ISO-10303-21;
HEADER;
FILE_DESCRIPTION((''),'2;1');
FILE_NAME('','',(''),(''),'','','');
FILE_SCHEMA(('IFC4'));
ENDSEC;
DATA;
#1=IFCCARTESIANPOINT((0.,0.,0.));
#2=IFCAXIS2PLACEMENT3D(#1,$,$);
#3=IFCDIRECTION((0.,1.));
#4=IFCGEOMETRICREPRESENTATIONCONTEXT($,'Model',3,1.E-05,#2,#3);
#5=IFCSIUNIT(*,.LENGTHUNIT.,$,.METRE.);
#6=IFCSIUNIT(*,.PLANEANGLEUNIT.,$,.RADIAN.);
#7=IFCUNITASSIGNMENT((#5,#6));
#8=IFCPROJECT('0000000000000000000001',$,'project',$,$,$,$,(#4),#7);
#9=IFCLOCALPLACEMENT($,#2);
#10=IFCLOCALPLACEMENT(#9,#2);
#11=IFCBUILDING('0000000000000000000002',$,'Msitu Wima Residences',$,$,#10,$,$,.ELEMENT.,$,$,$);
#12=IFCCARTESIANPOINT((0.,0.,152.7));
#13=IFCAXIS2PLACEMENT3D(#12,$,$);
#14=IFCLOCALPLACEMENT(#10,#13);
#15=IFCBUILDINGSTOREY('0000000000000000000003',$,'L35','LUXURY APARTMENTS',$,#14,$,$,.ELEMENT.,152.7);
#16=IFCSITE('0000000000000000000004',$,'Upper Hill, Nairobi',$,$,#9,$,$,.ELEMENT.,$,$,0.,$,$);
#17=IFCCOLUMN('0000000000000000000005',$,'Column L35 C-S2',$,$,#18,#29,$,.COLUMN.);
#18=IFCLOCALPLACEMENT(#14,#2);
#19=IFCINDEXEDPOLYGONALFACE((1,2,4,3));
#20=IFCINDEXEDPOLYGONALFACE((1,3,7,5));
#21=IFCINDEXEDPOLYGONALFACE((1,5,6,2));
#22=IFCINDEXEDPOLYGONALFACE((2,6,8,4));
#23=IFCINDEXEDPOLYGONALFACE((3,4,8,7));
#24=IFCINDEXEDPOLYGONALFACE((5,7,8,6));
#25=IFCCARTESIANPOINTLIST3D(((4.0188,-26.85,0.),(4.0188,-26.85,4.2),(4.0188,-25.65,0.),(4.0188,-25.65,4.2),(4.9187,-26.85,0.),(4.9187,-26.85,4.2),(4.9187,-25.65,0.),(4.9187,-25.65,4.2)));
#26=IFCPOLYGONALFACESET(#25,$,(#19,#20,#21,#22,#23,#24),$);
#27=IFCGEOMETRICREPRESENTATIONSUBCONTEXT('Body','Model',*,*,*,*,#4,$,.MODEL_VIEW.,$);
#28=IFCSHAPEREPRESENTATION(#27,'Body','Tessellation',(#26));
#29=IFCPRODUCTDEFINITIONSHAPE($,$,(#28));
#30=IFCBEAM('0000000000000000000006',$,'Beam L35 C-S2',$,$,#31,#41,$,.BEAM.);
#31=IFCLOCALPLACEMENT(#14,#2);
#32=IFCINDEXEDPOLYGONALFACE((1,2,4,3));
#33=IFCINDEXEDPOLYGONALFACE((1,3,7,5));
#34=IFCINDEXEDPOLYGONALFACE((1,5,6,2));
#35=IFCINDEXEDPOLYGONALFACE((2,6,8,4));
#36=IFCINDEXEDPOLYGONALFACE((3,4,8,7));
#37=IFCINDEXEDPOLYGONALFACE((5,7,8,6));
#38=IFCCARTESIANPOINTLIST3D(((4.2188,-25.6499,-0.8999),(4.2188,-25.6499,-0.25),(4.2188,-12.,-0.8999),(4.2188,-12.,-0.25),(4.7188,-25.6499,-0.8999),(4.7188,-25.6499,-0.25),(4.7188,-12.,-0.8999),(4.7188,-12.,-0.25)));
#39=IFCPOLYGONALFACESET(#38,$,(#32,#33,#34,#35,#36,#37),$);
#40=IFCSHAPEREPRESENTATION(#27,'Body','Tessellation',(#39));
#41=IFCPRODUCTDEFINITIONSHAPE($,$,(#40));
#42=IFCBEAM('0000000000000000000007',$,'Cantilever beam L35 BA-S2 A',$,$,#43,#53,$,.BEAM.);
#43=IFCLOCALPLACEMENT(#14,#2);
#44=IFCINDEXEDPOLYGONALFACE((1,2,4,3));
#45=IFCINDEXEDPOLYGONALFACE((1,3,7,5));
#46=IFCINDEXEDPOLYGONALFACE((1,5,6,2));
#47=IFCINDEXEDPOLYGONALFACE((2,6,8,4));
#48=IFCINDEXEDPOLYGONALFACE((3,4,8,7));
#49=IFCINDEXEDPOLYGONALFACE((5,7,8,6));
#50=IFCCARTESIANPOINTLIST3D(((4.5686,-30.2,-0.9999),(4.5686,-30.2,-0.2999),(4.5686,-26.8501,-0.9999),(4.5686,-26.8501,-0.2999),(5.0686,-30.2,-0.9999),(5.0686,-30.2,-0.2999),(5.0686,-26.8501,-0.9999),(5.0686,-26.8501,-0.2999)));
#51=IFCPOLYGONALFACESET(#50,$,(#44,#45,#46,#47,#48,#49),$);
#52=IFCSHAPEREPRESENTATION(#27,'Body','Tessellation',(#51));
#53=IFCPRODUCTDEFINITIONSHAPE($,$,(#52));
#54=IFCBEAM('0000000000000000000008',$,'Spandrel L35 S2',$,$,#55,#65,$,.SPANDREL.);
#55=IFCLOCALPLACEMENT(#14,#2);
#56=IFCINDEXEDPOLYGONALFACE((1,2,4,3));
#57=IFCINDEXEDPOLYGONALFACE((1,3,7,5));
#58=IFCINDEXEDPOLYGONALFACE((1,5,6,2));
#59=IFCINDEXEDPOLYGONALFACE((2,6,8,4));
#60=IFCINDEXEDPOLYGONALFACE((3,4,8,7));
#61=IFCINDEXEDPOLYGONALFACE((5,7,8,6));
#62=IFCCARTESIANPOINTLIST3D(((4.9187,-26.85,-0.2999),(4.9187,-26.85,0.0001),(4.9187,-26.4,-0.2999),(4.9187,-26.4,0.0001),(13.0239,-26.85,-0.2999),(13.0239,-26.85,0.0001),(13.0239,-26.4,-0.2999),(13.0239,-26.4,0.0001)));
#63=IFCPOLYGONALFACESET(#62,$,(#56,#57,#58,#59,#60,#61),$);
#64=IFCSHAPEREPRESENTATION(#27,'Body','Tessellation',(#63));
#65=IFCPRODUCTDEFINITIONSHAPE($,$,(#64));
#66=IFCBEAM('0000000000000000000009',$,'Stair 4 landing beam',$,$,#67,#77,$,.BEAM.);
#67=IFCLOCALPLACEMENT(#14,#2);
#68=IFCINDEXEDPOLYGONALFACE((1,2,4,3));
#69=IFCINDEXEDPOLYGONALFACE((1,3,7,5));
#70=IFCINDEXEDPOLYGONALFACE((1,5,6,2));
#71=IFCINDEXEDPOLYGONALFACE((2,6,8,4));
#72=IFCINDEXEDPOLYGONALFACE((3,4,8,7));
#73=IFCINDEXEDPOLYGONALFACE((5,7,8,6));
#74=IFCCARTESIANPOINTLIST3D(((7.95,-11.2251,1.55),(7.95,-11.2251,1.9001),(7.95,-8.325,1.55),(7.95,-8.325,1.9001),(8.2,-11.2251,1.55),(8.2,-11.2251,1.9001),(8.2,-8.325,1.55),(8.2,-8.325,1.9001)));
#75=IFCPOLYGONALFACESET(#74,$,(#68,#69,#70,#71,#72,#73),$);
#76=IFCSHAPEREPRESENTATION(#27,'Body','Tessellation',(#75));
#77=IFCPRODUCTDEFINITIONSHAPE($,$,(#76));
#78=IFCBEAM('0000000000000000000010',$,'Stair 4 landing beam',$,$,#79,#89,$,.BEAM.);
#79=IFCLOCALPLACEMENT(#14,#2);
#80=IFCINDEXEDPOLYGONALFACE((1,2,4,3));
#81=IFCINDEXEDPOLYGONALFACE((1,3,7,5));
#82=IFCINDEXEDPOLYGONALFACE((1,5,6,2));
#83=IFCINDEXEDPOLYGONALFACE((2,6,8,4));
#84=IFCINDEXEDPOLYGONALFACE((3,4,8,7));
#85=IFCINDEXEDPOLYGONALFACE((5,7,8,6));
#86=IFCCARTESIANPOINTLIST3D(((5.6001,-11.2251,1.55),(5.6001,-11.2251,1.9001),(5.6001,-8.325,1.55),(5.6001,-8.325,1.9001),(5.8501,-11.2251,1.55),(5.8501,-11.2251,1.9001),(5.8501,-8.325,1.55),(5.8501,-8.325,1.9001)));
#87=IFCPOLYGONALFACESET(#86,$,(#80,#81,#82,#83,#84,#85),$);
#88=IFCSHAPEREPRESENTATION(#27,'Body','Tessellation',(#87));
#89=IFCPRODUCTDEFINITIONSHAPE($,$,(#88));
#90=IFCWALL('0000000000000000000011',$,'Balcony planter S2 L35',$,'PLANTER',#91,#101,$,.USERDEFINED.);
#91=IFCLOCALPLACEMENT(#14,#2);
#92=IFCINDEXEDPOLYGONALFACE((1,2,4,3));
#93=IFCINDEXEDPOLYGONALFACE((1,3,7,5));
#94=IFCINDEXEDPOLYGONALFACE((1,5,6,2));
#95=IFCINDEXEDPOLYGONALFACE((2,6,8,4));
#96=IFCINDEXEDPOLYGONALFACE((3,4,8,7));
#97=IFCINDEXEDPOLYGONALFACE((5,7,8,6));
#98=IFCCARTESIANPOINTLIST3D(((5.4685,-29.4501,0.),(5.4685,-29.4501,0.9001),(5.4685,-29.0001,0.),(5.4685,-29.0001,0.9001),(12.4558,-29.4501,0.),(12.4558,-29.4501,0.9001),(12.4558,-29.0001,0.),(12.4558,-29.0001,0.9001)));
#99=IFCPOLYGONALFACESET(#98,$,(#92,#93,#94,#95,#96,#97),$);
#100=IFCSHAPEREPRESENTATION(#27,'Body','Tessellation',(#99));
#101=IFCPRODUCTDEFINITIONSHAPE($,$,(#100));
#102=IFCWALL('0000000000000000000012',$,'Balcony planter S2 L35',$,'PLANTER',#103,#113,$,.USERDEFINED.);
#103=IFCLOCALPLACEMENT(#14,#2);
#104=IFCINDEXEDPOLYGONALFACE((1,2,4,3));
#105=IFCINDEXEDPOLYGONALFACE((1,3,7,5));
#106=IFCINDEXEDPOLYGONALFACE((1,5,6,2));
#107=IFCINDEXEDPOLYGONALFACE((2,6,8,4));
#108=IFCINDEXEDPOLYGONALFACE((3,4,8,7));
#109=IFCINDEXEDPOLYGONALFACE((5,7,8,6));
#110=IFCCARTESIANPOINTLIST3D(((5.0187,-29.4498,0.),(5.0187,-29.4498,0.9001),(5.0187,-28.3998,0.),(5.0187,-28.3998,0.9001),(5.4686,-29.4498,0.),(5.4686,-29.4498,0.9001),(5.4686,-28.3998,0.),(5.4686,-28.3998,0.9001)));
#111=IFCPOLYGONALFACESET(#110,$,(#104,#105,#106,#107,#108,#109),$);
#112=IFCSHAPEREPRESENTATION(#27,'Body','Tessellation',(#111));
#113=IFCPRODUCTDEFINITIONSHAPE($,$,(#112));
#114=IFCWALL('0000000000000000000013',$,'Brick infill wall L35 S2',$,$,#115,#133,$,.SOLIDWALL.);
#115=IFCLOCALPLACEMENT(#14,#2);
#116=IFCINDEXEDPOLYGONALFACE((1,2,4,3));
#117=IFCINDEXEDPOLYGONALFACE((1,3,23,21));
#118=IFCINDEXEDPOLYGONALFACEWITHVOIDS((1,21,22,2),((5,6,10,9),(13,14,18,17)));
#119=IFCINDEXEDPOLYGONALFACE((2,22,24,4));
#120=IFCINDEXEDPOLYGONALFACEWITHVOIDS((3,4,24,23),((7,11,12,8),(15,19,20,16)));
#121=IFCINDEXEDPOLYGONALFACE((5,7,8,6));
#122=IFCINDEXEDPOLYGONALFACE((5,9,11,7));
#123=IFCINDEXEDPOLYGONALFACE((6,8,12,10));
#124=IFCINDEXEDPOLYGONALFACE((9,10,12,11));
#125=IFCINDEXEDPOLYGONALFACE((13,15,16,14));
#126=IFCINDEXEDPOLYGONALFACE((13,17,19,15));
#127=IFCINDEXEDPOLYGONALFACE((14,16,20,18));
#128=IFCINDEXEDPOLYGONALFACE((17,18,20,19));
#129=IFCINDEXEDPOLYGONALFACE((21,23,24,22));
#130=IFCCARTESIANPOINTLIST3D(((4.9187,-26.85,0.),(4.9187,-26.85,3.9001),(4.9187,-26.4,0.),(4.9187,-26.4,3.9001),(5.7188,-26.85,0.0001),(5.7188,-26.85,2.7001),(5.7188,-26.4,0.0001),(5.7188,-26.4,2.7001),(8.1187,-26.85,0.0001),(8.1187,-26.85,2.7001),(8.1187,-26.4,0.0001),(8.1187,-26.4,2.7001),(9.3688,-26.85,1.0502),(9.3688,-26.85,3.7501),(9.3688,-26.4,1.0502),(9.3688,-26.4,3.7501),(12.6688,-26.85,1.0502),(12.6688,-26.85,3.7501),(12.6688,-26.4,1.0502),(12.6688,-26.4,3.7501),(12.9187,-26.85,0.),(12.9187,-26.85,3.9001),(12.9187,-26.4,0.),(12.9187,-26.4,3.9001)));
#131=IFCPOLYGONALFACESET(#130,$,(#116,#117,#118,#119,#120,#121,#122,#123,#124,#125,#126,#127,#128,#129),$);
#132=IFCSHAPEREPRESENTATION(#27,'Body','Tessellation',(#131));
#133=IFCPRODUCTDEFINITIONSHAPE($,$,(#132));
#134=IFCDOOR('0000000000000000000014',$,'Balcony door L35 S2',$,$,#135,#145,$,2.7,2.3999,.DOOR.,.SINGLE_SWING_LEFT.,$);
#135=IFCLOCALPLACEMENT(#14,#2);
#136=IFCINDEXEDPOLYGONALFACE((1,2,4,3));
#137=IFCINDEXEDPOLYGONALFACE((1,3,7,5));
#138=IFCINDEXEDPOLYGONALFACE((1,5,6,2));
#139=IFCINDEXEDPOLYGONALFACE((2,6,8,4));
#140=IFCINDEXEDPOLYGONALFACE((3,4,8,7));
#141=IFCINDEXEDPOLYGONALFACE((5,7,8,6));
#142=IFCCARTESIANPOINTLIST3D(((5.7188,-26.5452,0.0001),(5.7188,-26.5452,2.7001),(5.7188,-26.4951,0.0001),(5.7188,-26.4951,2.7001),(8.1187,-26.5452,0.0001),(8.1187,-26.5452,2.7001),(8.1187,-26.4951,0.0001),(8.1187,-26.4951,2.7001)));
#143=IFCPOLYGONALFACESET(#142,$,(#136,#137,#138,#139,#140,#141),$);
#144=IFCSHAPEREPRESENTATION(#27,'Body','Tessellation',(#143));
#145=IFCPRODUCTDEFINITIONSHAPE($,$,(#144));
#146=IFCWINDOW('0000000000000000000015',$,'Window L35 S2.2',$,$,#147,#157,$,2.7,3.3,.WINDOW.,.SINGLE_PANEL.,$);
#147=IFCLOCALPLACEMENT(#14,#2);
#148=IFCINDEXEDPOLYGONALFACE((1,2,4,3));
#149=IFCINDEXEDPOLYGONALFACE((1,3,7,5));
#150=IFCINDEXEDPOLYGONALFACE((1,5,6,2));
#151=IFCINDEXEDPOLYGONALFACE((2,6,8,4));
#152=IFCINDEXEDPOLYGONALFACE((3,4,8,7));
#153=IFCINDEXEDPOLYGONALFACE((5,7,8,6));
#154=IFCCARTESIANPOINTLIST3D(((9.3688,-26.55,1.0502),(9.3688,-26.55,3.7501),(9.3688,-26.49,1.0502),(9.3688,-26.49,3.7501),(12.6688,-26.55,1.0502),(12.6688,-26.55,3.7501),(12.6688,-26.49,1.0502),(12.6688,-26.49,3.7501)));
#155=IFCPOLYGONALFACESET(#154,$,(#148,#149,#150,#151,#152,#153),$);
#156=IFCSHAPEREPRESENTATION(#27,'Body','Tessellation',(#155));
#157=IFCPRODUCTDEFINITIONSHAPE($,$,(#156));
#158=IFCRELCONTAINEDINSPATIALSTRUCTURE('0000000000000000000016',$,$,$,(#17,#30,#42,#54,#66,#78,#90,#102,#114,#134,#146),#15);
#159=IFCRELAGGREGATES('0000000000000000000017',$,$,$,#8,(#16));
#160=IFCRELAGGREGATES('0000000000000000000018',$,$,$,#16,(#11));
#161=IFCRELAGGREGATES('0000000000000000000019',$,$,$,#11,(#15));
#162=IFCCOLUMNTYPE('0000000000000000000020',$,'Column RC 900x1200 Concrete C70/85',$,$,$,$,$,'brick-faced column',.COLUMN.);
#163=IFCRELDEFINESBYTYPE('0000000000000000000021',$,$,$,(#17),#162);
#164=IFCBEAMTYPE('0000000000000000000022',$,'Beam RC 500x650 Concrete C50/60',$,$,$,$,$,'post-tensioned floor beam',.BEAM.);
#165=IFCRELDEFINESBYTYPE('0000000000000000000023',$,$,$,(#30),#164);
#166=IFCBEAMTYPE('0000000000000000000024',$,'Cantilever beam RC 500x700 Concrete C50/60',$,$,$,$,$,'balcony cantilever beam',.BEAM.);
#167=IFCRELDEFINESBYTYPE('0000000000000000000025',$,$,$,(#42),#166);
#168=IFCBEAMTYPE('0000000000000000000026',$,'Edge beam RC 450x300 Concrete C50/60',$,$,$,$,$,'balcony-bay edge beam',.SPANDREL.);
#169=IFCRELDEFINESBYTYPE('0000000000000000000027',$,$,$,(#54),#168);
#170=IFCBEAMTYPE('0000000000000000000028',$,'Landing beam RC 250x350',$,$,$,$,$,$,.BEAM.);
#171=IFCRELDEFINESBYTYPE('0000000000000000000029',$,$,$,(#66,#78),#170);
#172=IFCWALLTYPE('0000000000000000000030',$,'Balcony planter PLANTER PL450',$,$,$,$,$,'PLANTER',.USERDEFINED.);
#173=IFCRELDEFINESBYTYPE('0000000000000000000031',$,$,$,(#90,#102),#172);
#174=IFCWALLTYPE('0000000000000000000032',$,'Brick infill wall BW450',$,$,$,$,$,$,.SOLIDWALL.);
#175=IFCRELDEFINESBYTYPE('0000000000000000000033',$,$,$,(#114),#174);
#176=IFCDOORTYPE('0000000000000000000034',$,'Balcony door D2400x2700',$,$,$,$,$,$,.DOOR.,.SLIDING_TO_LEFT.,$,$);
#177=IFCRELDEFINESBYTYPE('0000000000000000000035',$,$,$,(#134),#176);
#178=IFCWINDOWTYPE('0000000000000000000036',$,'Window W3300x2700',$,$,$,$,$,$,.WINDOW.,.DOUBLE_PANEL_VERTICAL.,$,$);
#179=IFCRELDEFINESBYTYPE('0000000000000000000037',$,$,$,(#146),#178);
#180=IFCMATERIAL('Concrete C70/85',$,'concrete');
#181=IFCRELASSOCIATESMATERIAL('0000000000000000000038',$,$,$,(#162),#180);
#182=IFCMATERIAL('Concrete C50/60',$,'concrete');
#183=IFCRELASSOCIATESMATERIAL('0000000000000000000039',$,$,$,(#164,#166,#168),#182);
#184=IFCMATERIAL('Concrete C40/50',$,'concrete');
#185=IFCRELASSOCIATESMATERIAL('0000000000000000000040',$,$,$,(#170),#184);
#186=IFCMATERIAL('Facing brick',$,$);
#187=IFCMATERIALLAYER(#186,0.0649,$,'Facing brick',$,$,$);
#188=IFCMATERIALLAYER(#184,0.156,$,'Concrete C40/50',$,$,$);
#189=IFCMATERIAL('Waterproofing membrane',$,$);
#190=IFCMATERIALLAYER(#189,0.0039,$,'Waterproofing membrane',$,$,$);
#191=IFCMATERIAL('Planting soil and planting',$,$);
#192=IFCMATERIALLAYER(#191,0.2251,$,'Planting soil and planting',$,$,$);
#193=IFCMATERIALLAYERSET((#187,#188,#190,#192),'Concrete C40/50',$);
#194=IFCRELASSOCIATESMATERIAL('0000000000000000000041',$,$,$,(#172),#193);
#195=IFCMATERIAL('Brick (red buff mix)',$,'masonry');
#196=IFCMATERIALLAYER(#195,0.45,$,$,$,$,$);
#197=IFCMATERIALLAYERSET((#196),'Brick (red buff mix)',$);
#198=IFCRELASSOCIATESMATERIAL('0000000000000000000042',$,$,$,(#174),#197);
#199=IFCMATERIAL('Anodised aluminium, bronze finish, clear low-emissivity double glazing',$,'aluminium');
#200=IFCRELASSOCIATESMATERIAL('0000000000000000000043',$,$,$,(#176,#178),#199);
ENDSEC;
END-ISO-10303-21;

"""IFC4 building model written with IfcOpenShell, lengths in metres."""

from ifc_helpers import new_model, si_unit, direction, frame, frame_2d, origin, origin_2d, place, context, subcontext, project, spatial, rectangle, extrude, material, layer, layer_set, material_profile, profile_set, type_object, element, fill, save


model = new_model("IFC4")

# Units and contexts
model_context = context("Model", 3, precision=1e-05, world=origin(), true_north=direction((0.0, 1.0)))
body_context = subcontext(model_context, "Body", "Model", "MODEL_VIEW")
ifc_project = project(units=[si_unit("LENGTHUNIT", "METRE"), si_unit("PLANEANGLEUNIT", "RADIAN")], contexts=[model_context])

# Site, building, storey
site_placement = place(None, origin())
site = spatial("IfcSite", under=ifc_project, at=site_placement, Name="Upper Hill, Nairobi", CompositionType="ELEMENT", RefElevation=0.0)
building_placement = place(site_placement, origin())
building = spatial("IfcBuilding", under=site, at=building_placement, Name="Msitu Wima Residences", CompositionType="ELEMENT")
storey_placement = place(building_placement, frame((0.0, 0.0, 152.7)))
storey = spatial("IfcBuildingStorey", under=building, at=storey_placement, Name="L35", Description="LUXURY APARTMENTS", CompositionType="ELEMENT", Elevation=152.7)

# Column
ifc_material_1 = material(Name="Concrete C70/85", Category="concrete")
ifc_material_profile_1 = material_profile(ifc_material_1, rectangle(XDim=0.8999, YDim=1.2, at=origin_2d()), Name="RC 900x1200")
ifc_profile_set_1 = profile_set([ifc_material_profile_1], Name="Concrete C70/85")
column_type = type_object("IfcColumnType", Name="Column RC 900x1200 Concrete C70/85", ElementType="brick-faced column", PredefinedType="COLUMN", material=ifc_profile_set_1)
column_placement = place(storey_placement, frame((4.4688, -26.25, 0.0), z_axis=(0.0, 0.0, 1.0), x_axis=(1.0, 0.0, 0.0)))
element("IfcColumn", 1, at=column_placement, inside=storey, type_object=column_type, Name="Column L35 C-S2", PredefinedType="COLUMN", context=body_context, shape_type="SweptSolid", body=[
    extrude(rectangle(XDim=0.8999, YDim=1.2, at=origin_2d()), origin(), (0.0, 0.0, 1.0), 4.2),
])

# Beams
ifc_material_2 = material(Name="Concrete C50/60", Category="concrete")
ifc_material_profile_2 = material_profile(ifc_material_2, rectangle(XDim=0.5, YDim=0.6499, at=origin_2d()), Name="RC 500x650")
ifc_profile_set_2 = profile_set([ifc_material_profile_2], Name="Concrete C50/60")
beam_type_1 = type_object("IfcBeamType", Name="Beam RC 500x650 Concrete C50/60", ElementType="post-tensioned floor beam", PredefinedType="BEAM", material=ifc_profile_set_2)
beam_1_placement = place(storey_placement, frame((4.4688, -25.6499, -0.575), z_axis=(0.0, 1.0, 0.0), x_axis=(-1.0, 0.0, 0.0)))
element("IfcBeam", 2, at=beam_1_placement, inside=storey, type_object=beam_type_1, Name="Beam L35 C-S2", PredefinedType="BEAM", context=body_context, shape_type="SweptSolid", body=[
    extrude(rectangle(XDim=0.5, YDim=0.6499, at=origin_2d()), origin(), (0.0, 0.0, 1.0), 13.6499),
])
ifc_material_profile_3 = material_profile(ifc_material_2, rectangle(XDim=0.5, YDim=0.7, at=origin_2d()), Name="RC 500x700")
ifc_profile_set_3 = profile_set([ifc_material_profile_3], Name="Concrete C50/60")
beam_type_2 = type_object("IfcBeamType", Name="Cantilever beam RC 500x700 Concrete C50/60", ElementType="balcony cantilever beam", PredefinedType="BEAM", material=ifc_profile_set_3)
beam_2_placement = place(storey_placement, frame((4.8186, -26.8501, -0.6499), z_axis=(0.0, -1.0, 0.0), x_axis=(1.0, 0.0, 0.0)))
element("IfcBeam", 3, at=beam_2_placement, inside=storey, type_object=beam_type_2, Name="Cantilever beam L35 BA-S2 A", PredefinedType="BEAM", context=body_context, shape_type="SweptSolid", body=[
    extrude(rectangle(XDim=0.5, YDim=0.7, at=origin_2d()), origin(), (0.0, 0.0, 1.0), 3.3499),
])
ifc_material_profile_4 = material_profile(ifc_material_2, rectangle(XDim=0.45, YDim=0.3, at=origin_2d()), Name="RC 450x300")
ifc_profile_set_4 = profile_set([ifc_material_profile_4], Name="Concrete C50/60")
beam_type_3 = type_object("IfcBeamType", Name="Edge beam RC 450x300 Concrete C50/60", ElementType="balcony-bay edge beam", PredefinedType="SPANDREL", material=ifc_profile_set_4)
beam_3_placement = place(storey_placement, frame((4.9187, -26.625, -0.1499), z_axis=(1.0, 0.0, 0.0), x_axis=(0.0, 1.0, 0.0)))
element("IfcBeam", 4, at=beam_3_placement, inside=storey, type_object=beam_type_3, Name="Spandrel L35 S2", PredefinedType="SPANDREL", context=body_context, shape_type="SweptSolid", body=[
    extrude(rectangle(XDim=0.45, YDim=0.3, at=origin_2d()), origin(), (0.0, 0.0, 1.0), 8.1052),
])
ifc_material_3 = material(Name="Concrete C40/50", Category="concrete")
ifc_material_profile_5 = material_profile(ifc_material_3, rectangle(XDim=0.25, YDim=0.3501, at=origin_2d()), Name="RC 250x350")
ifc_profile_set_5 = profile_set([ifc_material_profile_5], Name="Concrete C40/50")
beam_type_4 = type_object("IfcBeamType", Name="Landing beam RC 250x350", PredefinedType="BEAM", material=ifc_profile_set_5)
for number, where, z_axis, x_axis, name in (
    (5, (8.075, -11.2251, 1.7251), (0.0, 1.0, 0.0), (-1.0, 0.0, 0.0), "Stair 4 landing beam"),
    (6, (5.7251, -11.2251, 1.7251), (0.0, 1.0, 0.0), (-1.0, 0.0, 0.0), "Stair 4 landing beam"),
):
    element("IfcBeam", number, at=place(storey_placement, frame(where, z_axis=z_axis, x_axis=x_axis)), inside=storey, type_object=beam_type_4, Name=name, PredefinedType="BEAM", context=body_context, shape_type="SweptSolid", body=[
        extrude(rectangle(XDim=0.25, YDim=0.3501, at=origin_2d()), origin(), (0.0, 0.0, 1.0), 2.9001),
    ])

# Walls
ifc_material_4 = material(Name="Facing brick")
ifc_layer_1 = layer(ifc_material_4, 0.0649, Name="Facing brick")
ifc_layer_2 = layer(ifc_material_3, 0.156, Name="Concrete C40/50")
ifc_material_5 = material(Name="Waterproofing membrane")
ifc_layer_3 = layer(ifc_material_5, 0.0039, Name="Waterproofing membrane")
ifc_material_6 = material(Name="Planting soil and planting")
ifc_layer_4 = layer(ifc_material_6, 0.2251, Name="Planting soil and planting")
ifc_layer_set_1 = layer_set([ifc_layer_1, ifc_layer_2, ifc_layer_3, ifc_layer_4], Name="Concrete C40/50")
wall_type_1 = type_object("IfcWallType", Name="Balcony planter PLANTER PL450", ElementType="PLANTER", PredefinedType="USERDEFINED", material=ifc_layer_set_1)
wall_1_placement = place(storey_placement, frame((5.4685, -29.2251, 0.0), z_axis=(0.0, 0.0, 1.0), x_axis=(1.0, 0.0, 0.0)))
element("IfcWall", 7, at=wall_1_placement, inside=storey, type_object=wall_type_1, Name="Balcony planter S2 L35", ObjectType="PLANTER", PredefinedType="USERDEFINED", context=body_context, shape_type="SweptSolid", body=[
    extrude(rectangle(XDim=6.9873, YDim=0.45, at=frame_2d((3.4937, 0.0))), origin(), (0.0, 0.0, 1.0), 0.9001),
])
wall_2_placement = place(storey_placement, frame((5.2437, -28.3999, 0.0), z_axis=(0.0, 0.0, 1.0), x_axis=(0.0, -1.0, 0.0)))
element("IfcWall", 8, at=wall_2_placement, inside=storey, type_object=wall_type_1, Name="Balcony planter S2 L35", ObjectType="PLANTER", PredefinedType="USERDEFINED", context=body_context, shape_type="SweptSolid", body=[
    extrude(rectangle(XDim=1.05, YDim=0.45, at=frame_2d((0.5249, 0.0))), origin(), (0.0, 0.0, 1.0), 0.9001),
])

# Wall, openings, door, window
ifc_material_7 = material(Name="Brick (red buff mix)", Category="masonry")
ifc_layer_5 = layer(ifc_material_7, 0.45)
ifc_layer_set_2 = layer_set([ifc_layer_5], Name="Brick (red buff mix)")
wall_type_2 = type_object("IfcWallType", Name="Brick infill wall BW450", PredefinedType="SOLIDWALL", material=ifc_layer_set_2)
wall_3_placement = place(storey_placement, frame((4.9187, -26.625, 0.0), z_axis=(0.0, 0.0, 1.0), x_axis=(1.0, 0.0, 0.0)))
wall_3 = element("IfcWall", 9, at=wall_3_placement, inside=storey, type_object=wall_type_2, Name="Brick infill wall L35 S2", PredefinedType="SOLIDWALL", context=body_context, shape_type="SweptSolid", body=[
    extrude(rectangle(XDim=8.0, YDim=0.45, at=frame_2d((4.0, 0.0))), origin(), (0.0, 0.0, 1.0), 3.9001),
])
opening_1_placement = place(wall_3_placement, frame((0.8, 0.0, 0.0)))
opening_1 = element("IfcOpeningElement", 10, at=opening_1_placement, cuts=wall_3, PredefinedType="OPENING", context=body_context, shape_type="SweptSolid", body=[
    extrude(rectangle(XDim=2.3999, YDim=2.7, at=frame_2d((1.2, 1.3501))), frame((0.0, 0.2349, 0.0), z_axis=(0.0, -1.0, 0.0), x_axis=(1.0, 0.0, 0.0)), (0.0, 0.0, 1.0), 0.47),
])
opening_2_placement = place(wall_3_placement, frame((4.4502, 0.0, 1.05)))
opening_2 = element("IfcOpeningElement", 11, at=opening_2_placement, cuts=wall_3, PredefinedType="OPENING", context=body_context, shape_type="SweptSolid", body=[
    extrude(rectangle(XDim=3.3, YDim=2.7, at=frame_2d((1.6499, 1.3501))), frame((0.0, 0.2349, 0.0), z_axis=(0.0, -1.0, 0.0), x_axis=(1.0, 0.0, 0.0)), (0.0, 0.0, 1.0), 0.47),
])
ifc_material_8 = material(Name="Anodised aluminium, bronze finish, clear low-emissivity double glazing", Category="aluminium")
door_type_1 = type_object("IfcDoorType", Name="Balcony door D2400x2700", OperationType="SLIDING_TO_LEFT", PredefinedType="DOOR", material=ifc_material_8)
door_1_placement = place(opening_1_placement, origin())
door_1 = element("IfcDoor", 12, at=door_1_placement, inside=storey, type_object=door_type_1, Name="Balcony door L35 S2", OperationType="SINGLE_SWING_LEFT", OverallHeight=2.7, OverallWidth=2.3999, PredefinedType="DOOR", context=body_context, shape_type="SweptSolid", body=[
    extrude(rectangle(XDim=2.3999, YDim=2.7, at=frame_2d((1.2, 1.3501))), frame((0.0, 0.1299, 0.0), z_axis=(0.0, -1.0, 0.0), x_axis=(1.0, 0.0, 0.0)), (0.0, 0.0, 1.0), 0.05),
])
fill(opening_1, door_1)
window_type = type_object("IfcWindowType", Name="Window W3300x2700", PartitioningType="DOUBLE_PANEL_VERTICAL", PredefinedType="WINDOW", material=ifc_material_8)
window_placement = place(opening_2_placement, origin())
window = element("IfcWindow", 13, at=window_placement, inside=storey, type_object=window_type, Name="Window L35 S2.2", OverallHeight=2.7, OverallWidth=3.3, PartitioningType="SINGLE_PANEL", PredefinedType="WINDOW", context=body_context, shape_type="SweptSolid", body=[
    extrude(rectangle(XDim=3.3, YDim=2.7, at=frame_2d((1.6499, 1.3501))), frame((0.0, 0.135, 0.0), z_axis=(0.0, -1.0, 0.0), x_axis=(1.0, 0.0, 0.0)), (0.0, 0.0, 1.0), 0.0601),
])
fill(opening_2, window)

save(model, "model.ifc")
